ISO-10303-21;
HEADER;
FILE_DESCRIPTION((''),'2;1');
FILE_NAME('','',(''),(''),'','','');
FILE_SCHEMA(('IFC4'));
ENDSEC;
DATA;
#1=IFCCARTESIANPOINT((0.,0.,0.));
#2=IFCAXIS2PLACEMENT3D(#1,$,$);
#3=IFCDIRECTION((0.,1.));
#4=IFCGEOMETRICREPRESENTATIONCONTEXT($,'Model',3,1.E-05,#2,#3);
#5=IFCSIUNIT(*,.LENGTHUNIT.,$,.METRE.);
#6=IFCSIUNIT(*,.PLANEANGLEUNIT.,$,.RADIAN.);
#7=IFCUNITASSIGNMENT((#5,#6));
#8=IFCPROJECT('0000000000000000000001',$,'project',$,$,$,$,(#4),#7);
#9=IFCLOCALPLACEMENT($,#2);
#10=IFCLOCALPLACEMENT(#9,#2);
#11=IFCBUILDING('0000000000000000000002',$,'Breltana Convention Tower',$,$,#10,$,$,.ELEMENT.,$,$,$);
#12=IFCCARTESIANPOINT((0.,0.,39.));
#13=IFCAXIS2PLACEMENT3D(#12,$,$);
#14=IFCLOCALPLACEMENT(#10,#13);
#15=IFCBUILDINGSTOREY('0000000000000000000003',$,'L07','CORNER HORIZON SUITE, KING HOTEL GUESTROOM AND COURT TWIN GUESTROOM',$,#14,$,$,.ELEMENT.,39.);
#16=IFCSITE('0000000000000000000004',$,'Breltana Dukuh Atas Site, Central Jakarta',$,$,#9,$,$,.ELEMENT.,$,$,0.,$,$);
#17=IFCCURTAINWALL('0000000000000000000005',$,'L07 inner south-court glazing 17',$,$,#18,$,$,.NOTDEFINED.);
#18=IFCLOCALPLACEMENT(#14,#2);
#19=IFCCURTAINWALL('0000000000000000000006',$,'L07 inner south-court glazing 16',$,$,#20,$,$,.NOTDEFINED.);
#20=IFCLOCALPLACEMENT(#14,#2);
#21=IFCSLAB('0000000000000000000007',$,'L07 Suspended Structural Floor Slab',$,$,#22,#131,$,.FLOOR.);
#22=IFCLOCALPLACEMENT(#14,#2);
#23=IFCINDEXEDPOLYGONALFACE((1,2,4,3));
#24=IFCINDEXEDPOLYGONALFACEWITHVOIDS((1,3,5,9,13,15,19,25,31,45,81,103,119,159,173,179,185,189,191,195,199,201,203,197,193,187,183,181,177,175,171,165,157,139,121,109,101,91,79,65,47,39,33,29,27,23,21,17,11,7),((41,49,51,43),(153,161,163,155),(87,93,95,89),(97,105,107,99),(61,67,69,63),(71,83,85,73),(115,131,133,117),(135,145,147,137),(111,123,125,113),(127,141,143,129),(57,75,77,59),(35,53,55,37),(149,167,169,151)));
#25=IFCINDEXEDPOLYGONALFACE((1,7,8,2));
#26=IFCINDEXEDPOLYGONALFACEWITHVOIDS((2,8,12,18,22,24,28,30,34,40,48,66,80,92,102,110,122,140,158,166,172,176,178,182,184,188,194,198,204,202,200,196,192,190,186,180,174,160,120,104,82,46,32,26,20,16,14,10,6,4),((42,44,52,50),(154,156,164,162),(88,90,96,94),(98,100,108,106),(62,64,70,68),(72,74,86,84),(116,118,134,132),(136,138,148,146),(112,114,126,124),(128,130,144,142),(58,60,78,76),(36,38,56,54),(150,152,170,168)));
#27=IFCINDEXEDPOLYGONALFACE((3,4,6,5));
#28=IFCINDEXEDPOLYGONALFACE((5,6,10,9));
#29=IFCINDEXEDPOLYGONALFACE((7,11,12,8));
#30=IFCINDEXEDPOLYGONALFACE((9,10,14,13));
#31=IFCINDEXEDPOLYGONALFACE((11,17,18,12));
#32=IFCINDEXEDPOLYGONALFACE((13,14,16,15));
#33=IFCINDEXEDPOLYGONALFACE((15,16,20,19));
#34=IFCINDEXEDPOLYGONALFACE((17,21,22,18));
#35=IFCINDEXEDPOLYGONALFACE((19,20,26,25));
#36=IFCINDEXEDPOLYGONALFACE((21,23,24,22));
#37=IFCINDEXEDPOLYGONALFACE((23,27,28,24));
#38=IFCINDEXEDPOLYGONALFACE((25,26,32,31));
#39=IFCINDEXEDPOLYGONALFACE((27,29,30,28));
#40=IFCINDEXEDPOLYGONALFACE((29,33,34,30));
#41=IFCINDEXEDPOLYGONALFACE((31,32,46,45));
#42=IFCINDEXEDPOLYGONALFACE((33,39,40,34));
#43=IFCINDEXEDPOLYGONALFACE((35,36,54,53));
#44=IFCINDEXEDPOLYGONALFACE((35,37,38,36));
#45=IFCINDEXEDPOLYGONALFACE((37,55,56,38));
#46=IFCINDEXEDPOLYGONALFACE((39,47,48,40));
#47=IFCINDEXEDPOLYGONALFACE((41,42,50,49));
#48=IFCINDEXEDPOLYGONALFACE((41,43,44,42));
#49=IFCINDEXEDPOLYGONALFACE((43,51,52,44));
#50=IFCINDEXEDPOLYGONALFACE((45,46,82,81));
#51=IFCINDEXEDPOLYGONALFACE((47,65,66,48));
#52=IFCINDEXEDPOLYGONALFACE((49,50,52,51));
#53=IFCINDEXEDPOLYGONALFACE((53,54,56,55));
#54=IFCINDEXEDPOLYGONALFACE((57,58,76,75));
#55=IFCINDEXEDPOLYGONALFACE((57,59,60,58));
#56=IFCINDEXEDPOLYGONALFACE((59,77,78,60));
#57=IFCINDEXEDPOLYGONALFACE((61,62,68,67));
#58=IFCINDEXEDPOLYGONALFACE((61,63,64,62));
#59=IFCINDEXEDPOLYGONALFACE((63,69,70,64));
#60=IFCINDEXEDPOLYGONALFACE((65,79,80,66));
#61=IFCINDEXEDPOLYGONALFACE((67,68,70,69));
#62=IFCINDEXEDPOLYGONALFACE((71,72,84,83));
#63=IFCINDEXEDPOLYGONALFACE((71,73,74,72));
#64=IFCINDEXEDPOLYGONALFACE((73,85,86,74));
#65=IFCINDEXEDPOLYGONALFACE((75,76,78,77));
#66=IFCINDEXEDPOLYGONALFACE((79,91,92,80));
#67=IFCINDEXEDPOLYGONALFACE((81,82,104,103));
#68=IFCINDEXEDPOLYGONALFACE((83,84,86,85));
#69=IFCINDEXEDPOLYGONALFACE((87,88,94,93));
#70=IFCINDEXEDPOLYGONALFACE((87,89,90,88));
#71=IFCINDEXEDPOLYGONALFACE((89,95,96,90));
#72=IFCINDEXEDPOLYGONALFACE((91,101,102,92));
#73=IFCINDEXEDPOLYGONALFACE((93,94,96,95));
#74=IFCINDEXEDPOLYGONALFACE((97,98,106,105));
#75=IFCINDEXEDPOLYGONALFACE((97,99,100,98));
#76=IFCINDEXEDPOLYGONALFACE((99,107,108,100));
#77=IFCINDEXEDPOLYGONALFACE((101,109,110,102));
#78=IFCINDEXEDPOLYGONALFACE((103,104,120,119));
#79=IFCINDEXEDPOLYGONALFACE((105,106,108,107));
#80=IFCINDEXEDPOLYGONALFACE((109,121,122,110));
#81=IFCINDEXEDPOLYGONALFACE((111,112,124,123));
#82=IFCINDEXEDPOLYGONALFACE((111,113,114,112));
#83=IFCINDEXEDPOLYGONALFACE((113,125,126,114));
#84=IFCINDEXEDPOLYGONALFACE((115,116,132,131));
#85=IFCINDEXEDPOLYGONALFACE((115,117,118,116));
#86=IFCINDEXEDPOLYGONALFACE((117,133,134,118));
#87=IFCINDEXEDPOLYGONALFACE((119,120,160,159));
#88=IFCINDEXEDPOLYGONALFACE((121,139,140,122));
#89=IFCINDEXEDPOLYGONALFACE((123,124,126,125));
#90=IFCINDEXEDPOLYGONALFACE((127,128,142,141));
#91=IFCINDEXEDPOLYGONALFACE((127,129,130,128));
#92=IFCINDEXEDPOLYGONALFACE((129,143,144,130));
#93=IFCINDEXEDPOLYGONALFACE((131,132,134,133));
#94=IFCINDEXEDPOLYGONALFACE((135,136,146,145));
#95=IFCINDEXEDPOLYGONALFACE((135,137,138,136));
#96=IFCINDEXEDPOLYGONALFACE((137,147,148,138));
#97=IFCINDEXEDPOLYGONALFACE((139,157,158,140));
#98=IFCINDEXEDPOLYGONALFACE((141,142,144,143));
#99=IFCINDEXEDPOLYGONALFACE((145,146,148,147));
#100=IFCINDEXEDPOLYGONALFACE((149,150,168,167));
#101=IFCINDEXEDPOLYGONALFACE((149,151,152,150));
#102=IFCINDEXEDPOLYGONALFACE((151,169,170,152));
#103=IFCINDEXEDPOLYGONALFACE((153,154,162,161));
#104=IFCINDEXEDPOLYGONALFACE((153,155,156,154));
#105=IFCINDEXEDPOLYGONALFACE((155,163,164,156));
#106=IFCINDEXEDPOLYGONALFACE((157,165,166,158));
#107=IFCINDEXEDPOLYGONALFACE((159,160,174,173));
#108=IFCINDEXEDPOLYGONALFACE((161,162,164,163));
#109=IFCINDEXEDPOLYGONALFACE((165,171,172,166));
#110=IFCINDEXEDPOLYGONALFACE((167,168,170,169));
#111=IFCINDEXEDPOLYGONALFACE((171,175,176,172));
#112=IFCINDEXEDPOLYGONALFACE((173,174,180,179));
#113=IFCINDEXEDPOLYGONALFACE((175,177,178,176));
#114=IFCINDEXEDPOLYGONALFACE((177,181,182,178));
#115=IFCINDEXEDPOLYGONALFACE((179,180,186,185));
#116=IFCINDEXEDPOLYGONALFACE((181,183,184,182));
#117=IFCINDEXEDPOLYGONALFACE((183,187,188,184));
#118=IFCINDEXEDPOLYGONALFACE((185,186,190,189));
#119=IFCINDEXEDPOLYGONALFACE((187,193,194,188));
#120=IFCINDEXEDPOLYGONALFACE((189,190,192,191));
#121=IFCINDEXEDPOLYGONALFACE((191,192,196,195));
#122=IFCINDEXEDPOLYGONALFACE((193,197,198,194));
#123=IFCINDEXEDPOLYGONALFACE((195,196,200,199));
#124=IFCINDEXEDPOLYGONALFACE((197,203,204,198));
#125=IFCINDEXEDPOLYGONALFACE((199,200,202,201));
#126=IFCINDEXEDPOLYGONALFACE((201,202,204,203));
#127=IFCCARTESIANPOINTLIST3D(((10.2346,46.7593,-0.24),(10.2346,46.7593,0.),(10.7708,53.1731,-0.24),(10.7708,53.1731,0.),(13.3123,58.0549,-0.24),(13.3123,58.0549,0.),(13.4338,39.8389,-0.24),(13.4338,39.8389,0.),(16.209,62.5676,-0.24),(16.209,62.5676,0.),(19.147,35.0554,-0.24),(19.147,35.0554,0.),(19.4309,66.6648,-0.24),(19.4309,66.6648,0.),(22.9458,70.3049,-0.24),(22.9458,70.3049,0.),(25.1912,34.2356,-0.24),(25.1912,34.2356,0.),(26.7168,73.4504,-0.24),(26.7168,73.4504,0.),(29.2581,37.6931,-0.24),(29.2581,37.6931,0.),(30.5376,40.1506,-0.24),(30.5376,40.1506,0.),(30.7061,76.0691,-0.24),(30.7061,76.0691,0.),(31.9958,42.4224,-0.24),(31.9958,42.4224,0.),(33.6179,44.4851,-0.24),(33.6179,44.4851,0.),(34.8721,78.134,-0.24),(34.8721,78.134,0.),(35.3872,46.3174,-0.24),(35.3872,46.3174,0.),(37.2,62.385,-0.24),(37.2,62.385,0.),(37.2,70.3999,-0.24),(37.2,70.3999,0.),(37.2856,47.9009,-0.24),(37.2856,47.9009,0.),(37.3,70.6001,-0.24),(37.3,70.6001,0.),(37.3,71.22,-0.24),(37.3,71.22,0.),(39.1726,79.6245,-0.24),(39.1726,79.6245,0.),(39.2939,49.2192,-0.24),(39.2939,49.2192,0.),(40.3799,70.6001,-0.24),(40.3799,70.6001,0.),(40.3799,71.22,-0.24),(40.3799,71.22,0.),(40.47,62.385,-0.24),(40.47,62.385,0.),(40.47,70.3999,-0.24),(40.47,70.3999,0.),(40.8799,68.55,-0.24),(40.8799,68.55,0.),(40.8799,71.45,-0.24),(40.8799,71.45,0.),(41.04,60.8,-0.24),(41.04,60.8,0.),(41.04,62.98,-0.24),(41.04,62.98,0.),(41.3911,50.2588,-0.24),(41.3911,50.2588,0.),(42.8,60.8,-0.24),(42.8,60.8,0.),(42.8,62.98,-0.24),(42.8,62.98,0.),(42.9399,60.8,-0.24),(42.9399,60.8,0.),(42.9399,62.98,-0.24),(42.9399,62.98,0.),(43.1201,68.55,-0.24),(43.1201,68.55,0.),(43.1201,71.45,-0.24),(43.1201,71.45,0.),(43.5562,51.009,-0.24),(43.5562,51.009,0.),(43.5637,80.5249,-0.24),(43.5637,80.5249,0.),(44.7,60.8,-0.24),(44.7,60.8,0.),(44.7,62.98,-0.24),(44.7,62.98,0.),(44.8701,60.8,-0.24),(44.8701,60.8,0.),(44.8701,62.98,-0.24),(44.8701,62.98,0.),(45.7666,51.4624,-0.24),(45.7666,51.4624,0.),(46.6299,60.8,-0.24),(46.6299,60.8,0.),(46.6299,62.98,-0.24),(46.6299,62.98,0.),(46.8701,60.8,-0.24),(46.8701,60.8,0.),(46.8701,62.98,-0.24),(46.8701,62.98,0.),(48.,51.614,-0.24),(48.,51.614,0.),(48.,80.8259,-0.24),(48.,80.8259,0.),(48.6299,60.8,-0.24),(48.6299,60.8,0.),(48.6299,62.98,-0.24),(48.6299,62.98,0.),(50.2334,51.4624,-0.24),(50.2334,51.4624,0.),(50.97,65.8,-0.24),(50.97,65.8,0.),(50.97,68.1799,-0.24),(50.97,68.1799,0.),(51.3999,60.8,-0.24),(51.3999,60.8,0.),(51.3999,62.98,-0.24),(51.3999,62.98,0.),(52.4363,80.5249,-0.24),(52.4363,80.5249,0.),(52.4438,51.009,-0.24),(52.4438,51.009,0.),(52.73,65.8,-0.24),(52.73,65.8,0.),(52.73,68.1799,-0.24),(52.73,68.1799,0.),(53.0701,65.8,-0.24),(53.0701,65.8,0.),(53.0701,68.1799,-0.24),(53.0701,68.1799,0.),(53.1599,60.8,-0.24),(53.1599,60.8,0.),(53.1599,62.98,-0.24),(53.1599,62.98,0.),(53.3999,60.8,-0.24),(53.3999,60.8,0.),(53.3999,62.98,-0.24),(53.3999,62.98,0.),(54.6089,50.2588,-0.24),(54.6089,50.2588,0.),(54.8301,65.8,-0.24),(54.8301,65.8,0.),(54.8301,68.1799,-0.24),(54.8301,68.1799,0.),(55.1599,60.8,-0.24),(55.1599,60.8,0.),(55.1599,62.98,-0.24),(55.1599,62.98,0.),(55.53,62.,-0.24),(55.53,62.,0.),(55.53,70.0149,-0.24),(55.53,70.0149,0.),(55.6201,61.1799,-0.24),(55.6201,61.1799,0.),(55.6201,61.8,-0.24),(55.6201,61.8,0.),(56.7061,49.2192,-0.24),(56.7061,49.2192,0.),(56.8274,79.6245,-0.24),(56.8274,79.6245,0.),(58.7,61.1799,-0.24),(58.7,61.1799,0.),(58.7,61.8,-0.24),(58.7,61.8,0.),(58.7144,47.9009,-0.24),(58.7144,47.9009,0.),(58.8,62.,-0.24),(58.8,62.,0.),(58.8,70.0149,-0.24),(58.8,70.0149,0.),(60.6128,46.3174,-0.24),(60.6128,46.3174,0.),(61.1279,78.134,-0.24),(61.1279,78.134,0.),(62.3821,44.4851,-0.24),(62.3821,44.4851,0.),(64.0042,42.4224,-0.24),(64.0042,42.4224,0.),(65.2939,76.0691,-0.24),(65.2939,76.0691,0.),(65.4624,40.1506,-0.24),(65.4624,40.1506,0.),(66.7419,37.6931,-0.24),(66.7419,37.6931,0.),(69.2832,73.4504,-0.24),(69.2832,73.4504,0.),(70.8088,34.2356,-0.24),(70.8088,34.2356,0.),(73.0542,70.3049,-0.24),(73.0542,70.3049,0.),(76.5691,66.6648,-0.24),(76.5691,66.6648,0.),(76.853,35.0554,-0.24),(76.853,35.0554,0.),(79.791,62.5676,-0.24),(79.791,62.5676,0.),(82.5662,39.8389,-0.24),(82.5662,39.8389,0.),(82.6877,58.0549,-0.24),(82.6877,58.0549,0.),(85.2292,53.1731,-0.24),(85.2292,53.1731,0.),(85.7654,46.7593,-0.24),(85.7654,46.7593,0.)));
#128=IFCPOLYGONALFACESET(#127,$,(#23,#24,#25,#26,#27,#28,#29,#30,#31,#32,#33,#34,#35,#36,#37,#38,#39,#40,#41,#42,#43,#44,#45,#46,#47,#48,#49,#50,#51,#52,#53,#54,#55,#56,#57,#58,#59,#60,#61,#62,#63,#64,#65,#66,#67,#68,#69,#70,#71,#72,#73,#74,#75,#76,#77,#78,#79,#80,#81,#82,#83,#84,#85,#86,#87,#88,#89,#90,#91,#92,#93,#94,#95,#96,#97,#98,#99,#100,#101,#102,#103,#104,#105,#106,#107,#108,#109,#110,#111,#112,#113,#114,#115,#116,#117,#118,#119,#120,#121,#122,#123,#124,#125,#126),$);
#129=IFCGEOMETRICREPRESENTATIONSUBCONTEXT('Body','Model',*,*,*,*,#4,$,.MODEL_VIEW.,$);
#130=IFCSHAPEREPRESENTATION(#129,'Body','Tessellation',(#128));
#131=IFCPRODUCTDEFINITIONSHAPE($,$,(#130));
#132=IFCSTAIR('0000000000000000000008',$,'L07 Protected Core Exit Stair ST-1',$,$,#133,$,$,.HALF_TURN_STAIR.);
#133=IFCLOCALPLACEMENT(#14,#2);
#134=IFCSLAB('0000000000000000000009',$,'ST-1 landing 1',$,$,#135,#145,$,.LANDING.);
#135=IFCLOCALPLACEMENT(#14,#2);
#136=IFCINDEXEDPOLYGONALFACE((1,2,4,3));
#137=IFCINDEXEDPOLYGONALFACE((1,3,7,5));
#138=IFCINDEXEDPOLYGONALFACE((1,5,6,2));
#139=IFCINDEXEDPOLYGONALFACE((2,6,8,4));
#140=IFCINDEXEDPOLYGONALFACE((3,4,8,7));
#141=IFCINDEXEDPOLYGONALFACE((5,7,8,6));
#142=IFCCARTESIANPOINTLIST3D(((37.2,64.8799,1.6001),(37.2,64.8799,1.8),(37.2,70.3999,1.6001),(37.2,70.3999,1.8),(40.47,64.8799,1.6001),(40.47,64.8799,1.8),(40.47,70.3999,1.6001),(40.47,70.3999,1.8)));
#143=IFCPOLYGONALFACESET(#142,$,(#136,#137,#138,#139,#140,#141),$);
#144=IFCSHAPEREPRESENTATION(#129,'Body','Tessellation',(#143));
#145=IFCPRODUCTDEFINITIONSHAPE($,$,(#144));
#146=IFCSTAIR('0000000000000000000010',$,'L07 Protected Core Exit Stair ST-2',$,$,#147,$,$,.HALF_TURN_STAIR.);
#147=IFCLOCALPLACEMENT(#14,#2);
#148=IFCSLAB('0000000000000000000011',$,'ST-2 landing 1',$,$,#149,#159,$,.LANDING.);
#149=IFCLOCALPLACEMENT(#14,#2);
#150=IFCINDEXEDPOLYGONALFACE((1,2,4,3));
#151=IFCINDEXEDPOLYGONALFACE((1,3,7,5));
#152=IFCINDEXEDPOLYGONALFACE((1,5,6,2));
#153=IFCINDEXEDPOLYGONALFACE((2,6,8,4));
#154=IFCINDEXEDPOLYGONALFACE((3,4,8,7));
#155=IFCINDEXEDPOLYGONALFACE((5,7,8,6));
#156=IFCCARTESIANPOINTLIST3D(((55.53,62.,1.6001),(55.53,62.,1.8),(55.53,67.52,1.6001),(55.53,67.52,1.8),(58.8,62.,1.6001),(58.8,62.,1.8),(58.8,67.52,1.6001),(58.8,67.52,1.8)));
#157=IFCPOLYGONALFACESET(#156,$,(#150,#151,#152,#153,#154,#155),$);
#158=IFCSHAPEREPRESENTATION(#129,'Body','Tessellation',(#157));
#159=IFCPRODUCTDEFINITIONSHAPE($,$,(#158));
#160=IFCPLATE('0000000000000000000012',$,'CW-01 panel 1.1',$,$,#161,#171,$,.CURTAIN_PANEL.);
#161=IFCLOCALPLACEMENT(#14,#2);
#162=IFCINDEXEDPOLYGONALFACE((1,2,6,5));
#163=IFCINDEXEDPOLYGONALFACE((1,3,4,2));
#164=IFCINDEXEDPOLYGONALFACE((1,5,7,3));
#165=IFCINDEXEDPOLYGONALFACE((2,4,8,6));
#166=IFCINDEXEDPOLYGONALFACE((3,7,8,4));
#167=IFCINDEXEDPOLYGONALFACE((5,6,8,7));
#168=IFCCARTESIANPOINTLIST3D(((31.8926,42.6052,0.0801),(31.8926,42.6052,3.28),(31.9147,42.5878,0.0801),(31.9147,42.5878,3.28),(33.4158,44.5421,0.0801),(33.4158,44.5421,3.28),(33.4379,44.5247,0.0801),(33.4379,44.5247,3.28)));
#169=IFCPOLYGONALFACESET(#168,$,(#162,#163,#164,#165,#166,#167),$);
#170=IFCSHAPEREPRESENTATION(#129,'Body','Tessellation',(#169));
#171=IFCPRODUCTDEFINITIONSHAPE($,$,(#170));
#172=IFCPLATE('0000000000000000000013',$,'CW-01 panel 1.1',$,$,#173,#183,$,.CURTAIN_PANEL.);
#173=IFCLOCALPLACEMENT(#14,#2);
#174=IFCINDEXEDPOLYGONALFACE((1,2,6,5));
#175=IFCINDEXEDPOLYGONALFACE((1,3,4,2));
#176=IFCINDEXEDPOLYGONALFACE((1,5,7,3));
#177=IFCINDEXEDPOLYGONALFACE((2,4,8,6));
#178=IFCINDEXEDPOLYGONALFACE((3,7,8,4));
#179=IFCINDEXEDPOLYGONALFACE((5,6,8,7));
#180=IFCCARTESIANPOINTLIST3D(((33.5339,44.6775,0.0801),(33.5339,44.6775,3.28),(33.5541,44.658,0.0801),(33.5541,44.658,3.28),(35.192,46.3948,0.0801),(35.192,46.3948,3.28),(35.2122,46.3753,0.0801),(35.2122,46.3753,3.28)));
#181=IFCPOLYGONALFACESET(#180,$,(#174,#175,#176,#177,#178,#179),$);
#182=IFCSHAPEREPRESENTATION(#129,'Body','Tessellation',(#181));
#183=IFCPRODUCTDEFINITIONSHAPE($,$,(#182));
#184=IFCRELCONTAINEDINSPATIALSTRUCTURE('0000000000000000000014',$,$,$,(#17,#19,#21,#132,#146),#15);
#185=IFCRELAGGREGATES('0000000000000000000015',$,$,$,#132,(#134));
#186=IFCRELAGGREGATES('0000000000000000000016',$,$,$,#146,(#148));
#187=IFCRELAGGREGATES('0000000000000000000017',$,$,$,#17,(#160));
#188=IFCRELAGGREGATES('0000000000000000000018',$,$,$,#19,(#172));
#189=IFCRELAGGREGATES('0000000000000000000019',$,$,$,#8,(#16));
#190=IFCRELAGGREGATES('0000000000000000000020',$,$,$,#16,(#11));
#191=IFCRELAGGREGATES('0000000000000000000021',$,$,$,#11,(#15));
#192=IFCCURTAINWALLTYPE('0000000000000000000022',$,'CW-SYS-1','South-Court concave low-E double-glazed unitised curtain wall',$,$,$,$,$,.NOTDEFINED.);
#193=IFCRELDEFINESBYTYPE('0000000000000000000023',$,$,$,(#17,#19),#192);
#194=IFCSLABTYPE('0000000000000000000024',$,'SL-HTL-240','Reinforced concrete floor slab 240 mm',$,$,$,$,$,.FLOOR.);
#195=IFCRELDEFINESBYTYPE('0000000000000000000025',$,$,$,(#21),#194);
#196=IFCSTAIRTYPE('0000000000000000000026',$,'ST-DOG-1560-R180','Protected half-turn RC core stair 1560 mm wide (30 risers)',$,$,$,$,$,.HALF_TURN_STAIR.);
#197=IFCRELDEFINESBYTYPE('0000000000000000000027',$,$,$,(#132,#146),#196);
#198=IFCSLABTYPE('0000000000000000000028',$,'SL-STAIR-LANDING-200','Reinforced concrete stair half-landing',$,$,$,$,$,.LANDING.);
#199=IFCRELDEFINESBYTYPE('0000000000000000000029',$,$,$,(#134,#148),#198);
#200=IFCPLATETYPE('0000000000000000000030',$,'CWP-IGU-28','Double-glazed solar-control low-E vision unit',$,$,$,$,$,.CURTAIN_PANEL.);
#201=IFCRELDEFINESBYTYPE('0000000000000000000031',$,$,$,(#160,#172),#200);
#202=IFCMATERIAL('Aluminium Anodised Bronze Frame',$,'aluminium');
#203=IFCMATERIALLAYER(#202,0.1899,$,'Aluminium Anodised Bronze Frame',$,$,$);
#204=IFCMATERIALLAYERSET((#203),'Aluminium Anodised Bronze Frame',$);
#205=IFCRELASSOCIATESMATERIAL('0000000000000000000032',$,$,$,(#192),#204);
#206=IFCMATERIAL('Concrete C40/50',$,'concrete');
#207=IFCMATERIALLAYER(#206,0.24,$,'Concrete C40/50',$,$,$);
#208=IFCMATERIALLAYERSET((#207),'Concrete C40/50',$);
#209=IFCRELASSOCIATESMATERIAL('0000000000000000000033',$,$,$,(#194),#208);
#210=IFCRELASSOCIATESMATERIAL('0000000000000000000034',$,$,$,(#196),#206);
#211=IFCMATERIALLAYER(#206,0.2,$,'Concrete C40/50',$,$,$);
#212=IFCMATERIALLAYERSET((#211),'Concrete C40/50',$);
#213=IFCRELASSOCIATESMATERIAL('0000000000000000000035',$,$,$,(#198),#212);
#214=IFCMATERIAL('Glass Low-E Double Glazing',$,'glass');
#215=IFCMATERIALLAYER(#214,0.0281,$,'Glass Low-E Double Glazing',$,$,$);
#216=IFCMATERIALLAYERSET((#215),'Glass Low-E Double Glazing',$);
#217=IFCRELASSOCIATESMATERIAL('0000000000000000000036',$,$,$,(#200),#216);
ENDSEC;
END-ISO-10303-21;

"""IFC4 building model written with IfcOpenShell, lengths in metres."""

from ifc_helpers import new_model, si_unit, direction, frame, origin, origin_2d, place, context, subcontext, project, spatial, polyline, rectangle, outline, extrude, source, transform, mapped, material, layer, layer_set, type_object, element, aggregate, save


model = new_model("IFC4")

# Units and contexts
model_context = context("Model", 3, precision=1e-05, world=origin(), true_north=direction((0.0, 1.0)))
body_context = subcontext(model_context, "Body", "Model", "MODEL_VIEW")
ifc_project = project(units=[si_unit("LENGTHUNIT", "METRE"), si_unit("PLANEANGLEUNIT", "RADIAN")], contexts=[model_context])

# Site, building, storey
site_placement = place(None, origin())
site = spatial("IfcSite", under=ifc_project, at=site_placement, Name="Breltana Dukuh Atas Site, Central Jakarta", CompositionType="ELEMENT", RefElevation=0.0)
building_placement = place(site_placement, origin())
building = spatial("IfcBuilding", under=site, at=building_placement, Name="Breltana Convention Tower", CompositionType="ELEMENT")
storey_placement = place(building_placement, frame((0.0, 0.0, 39.0)))
storey = spatial("IfcBuildingStorey", under=building, at=storey_placement, Name="L07", Description="CORNER HORIZON SUITE, KING HOTEL GUESTROOM AND COURT TWIN GUESTROOM", CompositionType="ELEMENT", Elevation=39.0)

# Curtain wall
ifc_material_1 = material(Name="Aluminium Anodised Bronze Frame", Category="aluminium")
ifc_layer_1 = layer(ifc_material_1, 0.1899, Name="Aluminium Anodised Bronze Frame")
ifc_layer_set_1 = layer_set([ifc_layer_1], Name="Aluminium Anodised Bronze Frame")
curtain_wall_type = type_object("IfcCurtainWallType", Name="CW-SYS-1", Description="South-Court concave low-E double-glazed unitised curtain wall", PredefinedType="NOTDEFINED", material=ifc_layer_set_1)
curtain_wall_1_placement = place(storey_placement, origin())
curtain_wall_1 = element("IfcCurtainWall", 1, at=curtain_wall_1_placement, inside=storey, type_object=curtain_wall_type, Name="L07 inner south-court glazing 17", PredefinedType="NOTDEFINED")

# Curtain wall
curtain_wall_2_placement = place(storey_placement, origin())
curtain_wall_2 = element("IfcCurtainWall", 2, at=curtain_wall_2_placement, inside=storey, type_object=curtain_wall_type, Name="L07 inner south-court glazing 16", PredefinedType="NOTDEFINED")

# Slab
ifc_material_2 = material(Name="Concrete C40/50", Category="concrete")
ifc_layer_2 = layer(ifc_material_2, 0.24, Name="Concrete C40/50")
ifc_layer_set_2 = layer_set([ifc_layer_2], Name="Concrete C40/50")
slab_type_1 = type_object("IfcSlabType", Name="SL-HTL-240", Description="Reinforced concrete floor slab 240 mm", PredefinedType="FLOOR", material=ifc_layer_set_2)
slab_1_placement = place(storey_placement, frame((0.0, 0.0, -0.24)))
element("IfcSlab", 3, at=slab_1_placement, inside=storey, type_object=slab_type_1, Name="L07 Suspended Structural Floor Slab", PredefinedType="FLOOR", context=body_context, shape_type="SweptSolid", body=[
    extrude(outline(polyline([(85.2292, 53.1731), (82.6877, 58.0549), (79.791, 62.5676), (76.5691, 66.6648), (73.0542, 70.3049), (69.2832, 73.4504), (65.2939, 76.0691), (61.1279, 78.134), (56.8274, 79.6245), (52.4363, 80.5249), (48.0, 80.8259), (43.5637, 80.5249), (39.1726, 79.6245), (34.8721, 78.134), (30.7061, 76.0691), (26.7168, 73.4504), (22.9458, 70.3049), (19.4309, 66.6648), (16.209, 62.5676), (13.3123, 58.0549), (10.7708, 53.1731), (10.2346, 46.7593), (13.4338, 39.8389), (19.147, 35.0554), (25.1912, 34.2356), (29.2581, 37.6931), (30.5376, 40.1506), (31.9958, 42.4224), (33.6179, 44.4851), (35.3872, 46.3174), (37.2856, 47.9009), (39.2939, 49.2192), (41.3911, 50.2588), (43.5562, 51.009), (45.7666, 51.4624), (48.0, 51.614), (50.2334, 51.4624), (52.4438, 51.009), (54.6089, 50.2588), (56.7061, 49.2192), (58.7144, 47.9009), (60.6128, 46.3174), (62.3821, 44.4851), (64.0042, 42.4224), (65.4624, 40.1506), (66.7419, 37.6931), (70.8088, 34.2356), (76.853, 35.0554), (82.5662, 39.8389), (85.7654, 46.7593), (85.2292, 53.1731)]), holes=[polyline([(37.2, 62.385), (40.47, 62.385), (40.47, 70.3999), (37.2, 70.3999), (37.2, 62.385)]), polyline([(55.53, 62.0), (58.8, 62.0), (58.8, 70.0149), (55.53, 70.0149), (55.53, 62.0)]), polyline([(41.04, 60.8), (42.8, 60.8), (42.8, 62.98), (41.04, 62.98), (41.04, 60.8)]), polyline([(42.9399, 60.8), (44.7, 60.8), (44.7, 62.98), (42.9399, 62.98), (42.9399, 60.8)]), polyline([(44.8701, 60.8), (46.6299, 60.8), (46.6299, 62.98), (44.8701, 62.98), (44.8701, 60.8)]), polyline([(46.8701, 60.8), (48.6299, 60.8), (48.6299, 62.98), (46.8701, 62.98), (46.8701, 60.8)]), polyline([(51.3999, 60.8), (53.1599, 60.8), (53.1599, 62.98), (51.3999, 62.98), (51.3999, 60.8)]), polyline([(53.3999, 60.8), (55.1599, 60.8), (55.1599, 62.98), (53.3999, 62.98), (53.3999, 60.8)]), polyline([(50.97, 65.8), (52.73, 65.8), (52.73, 68.1799), (50.97, 68.1799), (50.97, 65.8)]), polyline([(53.0701, 65.8), (54.8301, 65.8), (54.8301, 68.1799), (53.0701, 68.1799), (53.0701, 65.8)]), polyline([(40.8799, 68.55), (43.1201, 68.55), (43.1201, 71.45), (40.8799, 71.45), (40.8799, 68.55)]), polyline([(37.3, 70.6001), (40.3799, 70.6001), (40.3799, 71.22), (37.3, 71.22), (37.3, 70.6001)]), polyline([(55.6201, 61.1799), (58.7, 61.1799), (58.7, 61.8), (55.6201, 61.8), (55.6201, 61.1799)])]), origin(), (0.0, 0.0, 1.0), 0.24),
])

# Stairs, slabs
stair_type = type_object("IfcStairType", Name="ST-DOG-1560-R180", Description="Protected half-turn RC core stair 1560 mm wide (30 risers)", PredefinedType="HALF_TURN_STAIR", material=ifc_material_2)
stair_1_placement = place(storey_placement, origin())
stair_1 = element("IfcStair", 4, at=stair_1_placement, inside=storey, type_object=stair_type, Name="L07 Protected Core Exit Stair ST-1", PredefinedType="HALF_TURN_STAIR")
ifc_layer_3 = layer(ifc_material_2, 0.2, Name="Concrete C40/50")
ifc_layer_set_3 = layer_set([ifc_layer_3], Name="Concrete C40/50")
slab_type_2 = type_object("IfcSlabType", Name="SL-STAIR-LANDING-200", Description="Reinforced concrete stair half-landing", PredefinedType="LANDING", material=ifc_layer_set_3)
slab_2_placement = place(storey_placement, frame((0.0, 0.0, 1.6001)))
slab_2 = element("IfcSlab", 5, at=slab_2_placement, type_object=slab_type_2, Name="ST-1 landing 1", PredefinedType="LANDING", context=body_context, shape_type="SweptSolid", body=[
    extrude(outline(polyline([(40.47, 64.8799), (40.47, 70.3999), (37.2, 70.3999), (37.2, 64.8799), (40.47, 64.8799)])), origin(), (0.0, 0.0, 1.0), 0.2),
])
aggregate(stair_1, [slab_2])
stair_2_placement = place(storey_placement, origin())
stair_2 = element("IfcStair", 6, at=stair_2_placement, inside=storey, type_object=stair_type, Name="L07 Protected Core Exit Stair ST-2", PredefinedType="HALF_TURN_STAIR")
slab_3_placement = place(storey_placement, frame((0.0, 0.0, 1.6001)))
slab_3 = element("IfcSlab", 7, at=slab_3_placement, type_object=slab_type_2, Name="ST-2 landing 1", PredefinedType="LANDING", context=body_context, shape_type="SweptSolid", body=[
    extrude(outline(polyline([(55.53, 67.52), (55.53, 62.0), (58.8, 62.0), (58.8, 67.52), (55.53, 67.52)])), origin(), (0.0, 0.0, 1.0), 0.2),
])
aggregate(stair_2, [slab_3])

# Plates
ifc_material_3 = material(Name="Glass Low-E Double Glazing", Category="glass")
ifc_layer_4 = layer(ifc_material_3, 0.0281, Name="Glass Low-E Double Glazing")
ifc_layer_set_4 = layer_set([ifc_layer_4], Name="Glass Low-E Double Glazing")
plate_type = type_object("IfcPlateType", Name="CWP-IGU-28", Description="Double-glazed solar-control low-E vision unit", PredefinedType="CURTAIN_PANEL", material=ifc_layer_set_4)
shared_shape_1 = source(origin(), body_context, "Body", "SweptSolid", [
    extrude(rectangle(XDim=2.4641, YDim=0.0281, at=origin_2d()), origin(), (0.0, 0.0, 1.0), 3.2),
])
plate_1_placement = place(storey_placement, frame((32.6653, 43.5649, 0.0801), z_axis=(0.0, 0.0, 1.0), x_axis=(-0.618153, -0.786058, 0.0)))
plate_1 = element("IfcPlate", 8, at=plate_1_placement, type_object=plate_type, Name="CW-01 panel 1.1", PredefinedType="CURTAIN_PANEL", context=body_context, shape_type="MappedRepresentation", body=[
    mapped(shared_shape_1, transform((0.0, 0.0, 0.0), scale=1.0)),
])
aggregate(curtain_wall_1, [plate_1])
shared_shape_2 = source(origin(), body_context, "Body", "SweptSolid", [
    extrude(rectangle(XDim=2.3872, YDim=0.0281, at=origin_2d()), origin(), (0.0, 0.0, 1.0), 3.2),
])
plate_2_placement = place(storey_placement, frame((34.373, 45.5264, 0.0801), z_axis=(0.0, 0.0, 1.0), x_axis=(-0.694612, -0.719385, 0.0)))
plate_2 = element("IfcPlate", 9, at=plate_2_placement, type_object=plate_type, Name="CW-01 panel 1.1", PredefinedType="CURTAIN_PANEL", context=body_context, shape_type="MappedRepresentation", body=[
    mapped(shared_shape_2, transform((0.0, 0.0, 0.0), scale=1.0)),
])
aggregate(curtain_wall_2, [plate_2])

save(model, "model.ifc")
